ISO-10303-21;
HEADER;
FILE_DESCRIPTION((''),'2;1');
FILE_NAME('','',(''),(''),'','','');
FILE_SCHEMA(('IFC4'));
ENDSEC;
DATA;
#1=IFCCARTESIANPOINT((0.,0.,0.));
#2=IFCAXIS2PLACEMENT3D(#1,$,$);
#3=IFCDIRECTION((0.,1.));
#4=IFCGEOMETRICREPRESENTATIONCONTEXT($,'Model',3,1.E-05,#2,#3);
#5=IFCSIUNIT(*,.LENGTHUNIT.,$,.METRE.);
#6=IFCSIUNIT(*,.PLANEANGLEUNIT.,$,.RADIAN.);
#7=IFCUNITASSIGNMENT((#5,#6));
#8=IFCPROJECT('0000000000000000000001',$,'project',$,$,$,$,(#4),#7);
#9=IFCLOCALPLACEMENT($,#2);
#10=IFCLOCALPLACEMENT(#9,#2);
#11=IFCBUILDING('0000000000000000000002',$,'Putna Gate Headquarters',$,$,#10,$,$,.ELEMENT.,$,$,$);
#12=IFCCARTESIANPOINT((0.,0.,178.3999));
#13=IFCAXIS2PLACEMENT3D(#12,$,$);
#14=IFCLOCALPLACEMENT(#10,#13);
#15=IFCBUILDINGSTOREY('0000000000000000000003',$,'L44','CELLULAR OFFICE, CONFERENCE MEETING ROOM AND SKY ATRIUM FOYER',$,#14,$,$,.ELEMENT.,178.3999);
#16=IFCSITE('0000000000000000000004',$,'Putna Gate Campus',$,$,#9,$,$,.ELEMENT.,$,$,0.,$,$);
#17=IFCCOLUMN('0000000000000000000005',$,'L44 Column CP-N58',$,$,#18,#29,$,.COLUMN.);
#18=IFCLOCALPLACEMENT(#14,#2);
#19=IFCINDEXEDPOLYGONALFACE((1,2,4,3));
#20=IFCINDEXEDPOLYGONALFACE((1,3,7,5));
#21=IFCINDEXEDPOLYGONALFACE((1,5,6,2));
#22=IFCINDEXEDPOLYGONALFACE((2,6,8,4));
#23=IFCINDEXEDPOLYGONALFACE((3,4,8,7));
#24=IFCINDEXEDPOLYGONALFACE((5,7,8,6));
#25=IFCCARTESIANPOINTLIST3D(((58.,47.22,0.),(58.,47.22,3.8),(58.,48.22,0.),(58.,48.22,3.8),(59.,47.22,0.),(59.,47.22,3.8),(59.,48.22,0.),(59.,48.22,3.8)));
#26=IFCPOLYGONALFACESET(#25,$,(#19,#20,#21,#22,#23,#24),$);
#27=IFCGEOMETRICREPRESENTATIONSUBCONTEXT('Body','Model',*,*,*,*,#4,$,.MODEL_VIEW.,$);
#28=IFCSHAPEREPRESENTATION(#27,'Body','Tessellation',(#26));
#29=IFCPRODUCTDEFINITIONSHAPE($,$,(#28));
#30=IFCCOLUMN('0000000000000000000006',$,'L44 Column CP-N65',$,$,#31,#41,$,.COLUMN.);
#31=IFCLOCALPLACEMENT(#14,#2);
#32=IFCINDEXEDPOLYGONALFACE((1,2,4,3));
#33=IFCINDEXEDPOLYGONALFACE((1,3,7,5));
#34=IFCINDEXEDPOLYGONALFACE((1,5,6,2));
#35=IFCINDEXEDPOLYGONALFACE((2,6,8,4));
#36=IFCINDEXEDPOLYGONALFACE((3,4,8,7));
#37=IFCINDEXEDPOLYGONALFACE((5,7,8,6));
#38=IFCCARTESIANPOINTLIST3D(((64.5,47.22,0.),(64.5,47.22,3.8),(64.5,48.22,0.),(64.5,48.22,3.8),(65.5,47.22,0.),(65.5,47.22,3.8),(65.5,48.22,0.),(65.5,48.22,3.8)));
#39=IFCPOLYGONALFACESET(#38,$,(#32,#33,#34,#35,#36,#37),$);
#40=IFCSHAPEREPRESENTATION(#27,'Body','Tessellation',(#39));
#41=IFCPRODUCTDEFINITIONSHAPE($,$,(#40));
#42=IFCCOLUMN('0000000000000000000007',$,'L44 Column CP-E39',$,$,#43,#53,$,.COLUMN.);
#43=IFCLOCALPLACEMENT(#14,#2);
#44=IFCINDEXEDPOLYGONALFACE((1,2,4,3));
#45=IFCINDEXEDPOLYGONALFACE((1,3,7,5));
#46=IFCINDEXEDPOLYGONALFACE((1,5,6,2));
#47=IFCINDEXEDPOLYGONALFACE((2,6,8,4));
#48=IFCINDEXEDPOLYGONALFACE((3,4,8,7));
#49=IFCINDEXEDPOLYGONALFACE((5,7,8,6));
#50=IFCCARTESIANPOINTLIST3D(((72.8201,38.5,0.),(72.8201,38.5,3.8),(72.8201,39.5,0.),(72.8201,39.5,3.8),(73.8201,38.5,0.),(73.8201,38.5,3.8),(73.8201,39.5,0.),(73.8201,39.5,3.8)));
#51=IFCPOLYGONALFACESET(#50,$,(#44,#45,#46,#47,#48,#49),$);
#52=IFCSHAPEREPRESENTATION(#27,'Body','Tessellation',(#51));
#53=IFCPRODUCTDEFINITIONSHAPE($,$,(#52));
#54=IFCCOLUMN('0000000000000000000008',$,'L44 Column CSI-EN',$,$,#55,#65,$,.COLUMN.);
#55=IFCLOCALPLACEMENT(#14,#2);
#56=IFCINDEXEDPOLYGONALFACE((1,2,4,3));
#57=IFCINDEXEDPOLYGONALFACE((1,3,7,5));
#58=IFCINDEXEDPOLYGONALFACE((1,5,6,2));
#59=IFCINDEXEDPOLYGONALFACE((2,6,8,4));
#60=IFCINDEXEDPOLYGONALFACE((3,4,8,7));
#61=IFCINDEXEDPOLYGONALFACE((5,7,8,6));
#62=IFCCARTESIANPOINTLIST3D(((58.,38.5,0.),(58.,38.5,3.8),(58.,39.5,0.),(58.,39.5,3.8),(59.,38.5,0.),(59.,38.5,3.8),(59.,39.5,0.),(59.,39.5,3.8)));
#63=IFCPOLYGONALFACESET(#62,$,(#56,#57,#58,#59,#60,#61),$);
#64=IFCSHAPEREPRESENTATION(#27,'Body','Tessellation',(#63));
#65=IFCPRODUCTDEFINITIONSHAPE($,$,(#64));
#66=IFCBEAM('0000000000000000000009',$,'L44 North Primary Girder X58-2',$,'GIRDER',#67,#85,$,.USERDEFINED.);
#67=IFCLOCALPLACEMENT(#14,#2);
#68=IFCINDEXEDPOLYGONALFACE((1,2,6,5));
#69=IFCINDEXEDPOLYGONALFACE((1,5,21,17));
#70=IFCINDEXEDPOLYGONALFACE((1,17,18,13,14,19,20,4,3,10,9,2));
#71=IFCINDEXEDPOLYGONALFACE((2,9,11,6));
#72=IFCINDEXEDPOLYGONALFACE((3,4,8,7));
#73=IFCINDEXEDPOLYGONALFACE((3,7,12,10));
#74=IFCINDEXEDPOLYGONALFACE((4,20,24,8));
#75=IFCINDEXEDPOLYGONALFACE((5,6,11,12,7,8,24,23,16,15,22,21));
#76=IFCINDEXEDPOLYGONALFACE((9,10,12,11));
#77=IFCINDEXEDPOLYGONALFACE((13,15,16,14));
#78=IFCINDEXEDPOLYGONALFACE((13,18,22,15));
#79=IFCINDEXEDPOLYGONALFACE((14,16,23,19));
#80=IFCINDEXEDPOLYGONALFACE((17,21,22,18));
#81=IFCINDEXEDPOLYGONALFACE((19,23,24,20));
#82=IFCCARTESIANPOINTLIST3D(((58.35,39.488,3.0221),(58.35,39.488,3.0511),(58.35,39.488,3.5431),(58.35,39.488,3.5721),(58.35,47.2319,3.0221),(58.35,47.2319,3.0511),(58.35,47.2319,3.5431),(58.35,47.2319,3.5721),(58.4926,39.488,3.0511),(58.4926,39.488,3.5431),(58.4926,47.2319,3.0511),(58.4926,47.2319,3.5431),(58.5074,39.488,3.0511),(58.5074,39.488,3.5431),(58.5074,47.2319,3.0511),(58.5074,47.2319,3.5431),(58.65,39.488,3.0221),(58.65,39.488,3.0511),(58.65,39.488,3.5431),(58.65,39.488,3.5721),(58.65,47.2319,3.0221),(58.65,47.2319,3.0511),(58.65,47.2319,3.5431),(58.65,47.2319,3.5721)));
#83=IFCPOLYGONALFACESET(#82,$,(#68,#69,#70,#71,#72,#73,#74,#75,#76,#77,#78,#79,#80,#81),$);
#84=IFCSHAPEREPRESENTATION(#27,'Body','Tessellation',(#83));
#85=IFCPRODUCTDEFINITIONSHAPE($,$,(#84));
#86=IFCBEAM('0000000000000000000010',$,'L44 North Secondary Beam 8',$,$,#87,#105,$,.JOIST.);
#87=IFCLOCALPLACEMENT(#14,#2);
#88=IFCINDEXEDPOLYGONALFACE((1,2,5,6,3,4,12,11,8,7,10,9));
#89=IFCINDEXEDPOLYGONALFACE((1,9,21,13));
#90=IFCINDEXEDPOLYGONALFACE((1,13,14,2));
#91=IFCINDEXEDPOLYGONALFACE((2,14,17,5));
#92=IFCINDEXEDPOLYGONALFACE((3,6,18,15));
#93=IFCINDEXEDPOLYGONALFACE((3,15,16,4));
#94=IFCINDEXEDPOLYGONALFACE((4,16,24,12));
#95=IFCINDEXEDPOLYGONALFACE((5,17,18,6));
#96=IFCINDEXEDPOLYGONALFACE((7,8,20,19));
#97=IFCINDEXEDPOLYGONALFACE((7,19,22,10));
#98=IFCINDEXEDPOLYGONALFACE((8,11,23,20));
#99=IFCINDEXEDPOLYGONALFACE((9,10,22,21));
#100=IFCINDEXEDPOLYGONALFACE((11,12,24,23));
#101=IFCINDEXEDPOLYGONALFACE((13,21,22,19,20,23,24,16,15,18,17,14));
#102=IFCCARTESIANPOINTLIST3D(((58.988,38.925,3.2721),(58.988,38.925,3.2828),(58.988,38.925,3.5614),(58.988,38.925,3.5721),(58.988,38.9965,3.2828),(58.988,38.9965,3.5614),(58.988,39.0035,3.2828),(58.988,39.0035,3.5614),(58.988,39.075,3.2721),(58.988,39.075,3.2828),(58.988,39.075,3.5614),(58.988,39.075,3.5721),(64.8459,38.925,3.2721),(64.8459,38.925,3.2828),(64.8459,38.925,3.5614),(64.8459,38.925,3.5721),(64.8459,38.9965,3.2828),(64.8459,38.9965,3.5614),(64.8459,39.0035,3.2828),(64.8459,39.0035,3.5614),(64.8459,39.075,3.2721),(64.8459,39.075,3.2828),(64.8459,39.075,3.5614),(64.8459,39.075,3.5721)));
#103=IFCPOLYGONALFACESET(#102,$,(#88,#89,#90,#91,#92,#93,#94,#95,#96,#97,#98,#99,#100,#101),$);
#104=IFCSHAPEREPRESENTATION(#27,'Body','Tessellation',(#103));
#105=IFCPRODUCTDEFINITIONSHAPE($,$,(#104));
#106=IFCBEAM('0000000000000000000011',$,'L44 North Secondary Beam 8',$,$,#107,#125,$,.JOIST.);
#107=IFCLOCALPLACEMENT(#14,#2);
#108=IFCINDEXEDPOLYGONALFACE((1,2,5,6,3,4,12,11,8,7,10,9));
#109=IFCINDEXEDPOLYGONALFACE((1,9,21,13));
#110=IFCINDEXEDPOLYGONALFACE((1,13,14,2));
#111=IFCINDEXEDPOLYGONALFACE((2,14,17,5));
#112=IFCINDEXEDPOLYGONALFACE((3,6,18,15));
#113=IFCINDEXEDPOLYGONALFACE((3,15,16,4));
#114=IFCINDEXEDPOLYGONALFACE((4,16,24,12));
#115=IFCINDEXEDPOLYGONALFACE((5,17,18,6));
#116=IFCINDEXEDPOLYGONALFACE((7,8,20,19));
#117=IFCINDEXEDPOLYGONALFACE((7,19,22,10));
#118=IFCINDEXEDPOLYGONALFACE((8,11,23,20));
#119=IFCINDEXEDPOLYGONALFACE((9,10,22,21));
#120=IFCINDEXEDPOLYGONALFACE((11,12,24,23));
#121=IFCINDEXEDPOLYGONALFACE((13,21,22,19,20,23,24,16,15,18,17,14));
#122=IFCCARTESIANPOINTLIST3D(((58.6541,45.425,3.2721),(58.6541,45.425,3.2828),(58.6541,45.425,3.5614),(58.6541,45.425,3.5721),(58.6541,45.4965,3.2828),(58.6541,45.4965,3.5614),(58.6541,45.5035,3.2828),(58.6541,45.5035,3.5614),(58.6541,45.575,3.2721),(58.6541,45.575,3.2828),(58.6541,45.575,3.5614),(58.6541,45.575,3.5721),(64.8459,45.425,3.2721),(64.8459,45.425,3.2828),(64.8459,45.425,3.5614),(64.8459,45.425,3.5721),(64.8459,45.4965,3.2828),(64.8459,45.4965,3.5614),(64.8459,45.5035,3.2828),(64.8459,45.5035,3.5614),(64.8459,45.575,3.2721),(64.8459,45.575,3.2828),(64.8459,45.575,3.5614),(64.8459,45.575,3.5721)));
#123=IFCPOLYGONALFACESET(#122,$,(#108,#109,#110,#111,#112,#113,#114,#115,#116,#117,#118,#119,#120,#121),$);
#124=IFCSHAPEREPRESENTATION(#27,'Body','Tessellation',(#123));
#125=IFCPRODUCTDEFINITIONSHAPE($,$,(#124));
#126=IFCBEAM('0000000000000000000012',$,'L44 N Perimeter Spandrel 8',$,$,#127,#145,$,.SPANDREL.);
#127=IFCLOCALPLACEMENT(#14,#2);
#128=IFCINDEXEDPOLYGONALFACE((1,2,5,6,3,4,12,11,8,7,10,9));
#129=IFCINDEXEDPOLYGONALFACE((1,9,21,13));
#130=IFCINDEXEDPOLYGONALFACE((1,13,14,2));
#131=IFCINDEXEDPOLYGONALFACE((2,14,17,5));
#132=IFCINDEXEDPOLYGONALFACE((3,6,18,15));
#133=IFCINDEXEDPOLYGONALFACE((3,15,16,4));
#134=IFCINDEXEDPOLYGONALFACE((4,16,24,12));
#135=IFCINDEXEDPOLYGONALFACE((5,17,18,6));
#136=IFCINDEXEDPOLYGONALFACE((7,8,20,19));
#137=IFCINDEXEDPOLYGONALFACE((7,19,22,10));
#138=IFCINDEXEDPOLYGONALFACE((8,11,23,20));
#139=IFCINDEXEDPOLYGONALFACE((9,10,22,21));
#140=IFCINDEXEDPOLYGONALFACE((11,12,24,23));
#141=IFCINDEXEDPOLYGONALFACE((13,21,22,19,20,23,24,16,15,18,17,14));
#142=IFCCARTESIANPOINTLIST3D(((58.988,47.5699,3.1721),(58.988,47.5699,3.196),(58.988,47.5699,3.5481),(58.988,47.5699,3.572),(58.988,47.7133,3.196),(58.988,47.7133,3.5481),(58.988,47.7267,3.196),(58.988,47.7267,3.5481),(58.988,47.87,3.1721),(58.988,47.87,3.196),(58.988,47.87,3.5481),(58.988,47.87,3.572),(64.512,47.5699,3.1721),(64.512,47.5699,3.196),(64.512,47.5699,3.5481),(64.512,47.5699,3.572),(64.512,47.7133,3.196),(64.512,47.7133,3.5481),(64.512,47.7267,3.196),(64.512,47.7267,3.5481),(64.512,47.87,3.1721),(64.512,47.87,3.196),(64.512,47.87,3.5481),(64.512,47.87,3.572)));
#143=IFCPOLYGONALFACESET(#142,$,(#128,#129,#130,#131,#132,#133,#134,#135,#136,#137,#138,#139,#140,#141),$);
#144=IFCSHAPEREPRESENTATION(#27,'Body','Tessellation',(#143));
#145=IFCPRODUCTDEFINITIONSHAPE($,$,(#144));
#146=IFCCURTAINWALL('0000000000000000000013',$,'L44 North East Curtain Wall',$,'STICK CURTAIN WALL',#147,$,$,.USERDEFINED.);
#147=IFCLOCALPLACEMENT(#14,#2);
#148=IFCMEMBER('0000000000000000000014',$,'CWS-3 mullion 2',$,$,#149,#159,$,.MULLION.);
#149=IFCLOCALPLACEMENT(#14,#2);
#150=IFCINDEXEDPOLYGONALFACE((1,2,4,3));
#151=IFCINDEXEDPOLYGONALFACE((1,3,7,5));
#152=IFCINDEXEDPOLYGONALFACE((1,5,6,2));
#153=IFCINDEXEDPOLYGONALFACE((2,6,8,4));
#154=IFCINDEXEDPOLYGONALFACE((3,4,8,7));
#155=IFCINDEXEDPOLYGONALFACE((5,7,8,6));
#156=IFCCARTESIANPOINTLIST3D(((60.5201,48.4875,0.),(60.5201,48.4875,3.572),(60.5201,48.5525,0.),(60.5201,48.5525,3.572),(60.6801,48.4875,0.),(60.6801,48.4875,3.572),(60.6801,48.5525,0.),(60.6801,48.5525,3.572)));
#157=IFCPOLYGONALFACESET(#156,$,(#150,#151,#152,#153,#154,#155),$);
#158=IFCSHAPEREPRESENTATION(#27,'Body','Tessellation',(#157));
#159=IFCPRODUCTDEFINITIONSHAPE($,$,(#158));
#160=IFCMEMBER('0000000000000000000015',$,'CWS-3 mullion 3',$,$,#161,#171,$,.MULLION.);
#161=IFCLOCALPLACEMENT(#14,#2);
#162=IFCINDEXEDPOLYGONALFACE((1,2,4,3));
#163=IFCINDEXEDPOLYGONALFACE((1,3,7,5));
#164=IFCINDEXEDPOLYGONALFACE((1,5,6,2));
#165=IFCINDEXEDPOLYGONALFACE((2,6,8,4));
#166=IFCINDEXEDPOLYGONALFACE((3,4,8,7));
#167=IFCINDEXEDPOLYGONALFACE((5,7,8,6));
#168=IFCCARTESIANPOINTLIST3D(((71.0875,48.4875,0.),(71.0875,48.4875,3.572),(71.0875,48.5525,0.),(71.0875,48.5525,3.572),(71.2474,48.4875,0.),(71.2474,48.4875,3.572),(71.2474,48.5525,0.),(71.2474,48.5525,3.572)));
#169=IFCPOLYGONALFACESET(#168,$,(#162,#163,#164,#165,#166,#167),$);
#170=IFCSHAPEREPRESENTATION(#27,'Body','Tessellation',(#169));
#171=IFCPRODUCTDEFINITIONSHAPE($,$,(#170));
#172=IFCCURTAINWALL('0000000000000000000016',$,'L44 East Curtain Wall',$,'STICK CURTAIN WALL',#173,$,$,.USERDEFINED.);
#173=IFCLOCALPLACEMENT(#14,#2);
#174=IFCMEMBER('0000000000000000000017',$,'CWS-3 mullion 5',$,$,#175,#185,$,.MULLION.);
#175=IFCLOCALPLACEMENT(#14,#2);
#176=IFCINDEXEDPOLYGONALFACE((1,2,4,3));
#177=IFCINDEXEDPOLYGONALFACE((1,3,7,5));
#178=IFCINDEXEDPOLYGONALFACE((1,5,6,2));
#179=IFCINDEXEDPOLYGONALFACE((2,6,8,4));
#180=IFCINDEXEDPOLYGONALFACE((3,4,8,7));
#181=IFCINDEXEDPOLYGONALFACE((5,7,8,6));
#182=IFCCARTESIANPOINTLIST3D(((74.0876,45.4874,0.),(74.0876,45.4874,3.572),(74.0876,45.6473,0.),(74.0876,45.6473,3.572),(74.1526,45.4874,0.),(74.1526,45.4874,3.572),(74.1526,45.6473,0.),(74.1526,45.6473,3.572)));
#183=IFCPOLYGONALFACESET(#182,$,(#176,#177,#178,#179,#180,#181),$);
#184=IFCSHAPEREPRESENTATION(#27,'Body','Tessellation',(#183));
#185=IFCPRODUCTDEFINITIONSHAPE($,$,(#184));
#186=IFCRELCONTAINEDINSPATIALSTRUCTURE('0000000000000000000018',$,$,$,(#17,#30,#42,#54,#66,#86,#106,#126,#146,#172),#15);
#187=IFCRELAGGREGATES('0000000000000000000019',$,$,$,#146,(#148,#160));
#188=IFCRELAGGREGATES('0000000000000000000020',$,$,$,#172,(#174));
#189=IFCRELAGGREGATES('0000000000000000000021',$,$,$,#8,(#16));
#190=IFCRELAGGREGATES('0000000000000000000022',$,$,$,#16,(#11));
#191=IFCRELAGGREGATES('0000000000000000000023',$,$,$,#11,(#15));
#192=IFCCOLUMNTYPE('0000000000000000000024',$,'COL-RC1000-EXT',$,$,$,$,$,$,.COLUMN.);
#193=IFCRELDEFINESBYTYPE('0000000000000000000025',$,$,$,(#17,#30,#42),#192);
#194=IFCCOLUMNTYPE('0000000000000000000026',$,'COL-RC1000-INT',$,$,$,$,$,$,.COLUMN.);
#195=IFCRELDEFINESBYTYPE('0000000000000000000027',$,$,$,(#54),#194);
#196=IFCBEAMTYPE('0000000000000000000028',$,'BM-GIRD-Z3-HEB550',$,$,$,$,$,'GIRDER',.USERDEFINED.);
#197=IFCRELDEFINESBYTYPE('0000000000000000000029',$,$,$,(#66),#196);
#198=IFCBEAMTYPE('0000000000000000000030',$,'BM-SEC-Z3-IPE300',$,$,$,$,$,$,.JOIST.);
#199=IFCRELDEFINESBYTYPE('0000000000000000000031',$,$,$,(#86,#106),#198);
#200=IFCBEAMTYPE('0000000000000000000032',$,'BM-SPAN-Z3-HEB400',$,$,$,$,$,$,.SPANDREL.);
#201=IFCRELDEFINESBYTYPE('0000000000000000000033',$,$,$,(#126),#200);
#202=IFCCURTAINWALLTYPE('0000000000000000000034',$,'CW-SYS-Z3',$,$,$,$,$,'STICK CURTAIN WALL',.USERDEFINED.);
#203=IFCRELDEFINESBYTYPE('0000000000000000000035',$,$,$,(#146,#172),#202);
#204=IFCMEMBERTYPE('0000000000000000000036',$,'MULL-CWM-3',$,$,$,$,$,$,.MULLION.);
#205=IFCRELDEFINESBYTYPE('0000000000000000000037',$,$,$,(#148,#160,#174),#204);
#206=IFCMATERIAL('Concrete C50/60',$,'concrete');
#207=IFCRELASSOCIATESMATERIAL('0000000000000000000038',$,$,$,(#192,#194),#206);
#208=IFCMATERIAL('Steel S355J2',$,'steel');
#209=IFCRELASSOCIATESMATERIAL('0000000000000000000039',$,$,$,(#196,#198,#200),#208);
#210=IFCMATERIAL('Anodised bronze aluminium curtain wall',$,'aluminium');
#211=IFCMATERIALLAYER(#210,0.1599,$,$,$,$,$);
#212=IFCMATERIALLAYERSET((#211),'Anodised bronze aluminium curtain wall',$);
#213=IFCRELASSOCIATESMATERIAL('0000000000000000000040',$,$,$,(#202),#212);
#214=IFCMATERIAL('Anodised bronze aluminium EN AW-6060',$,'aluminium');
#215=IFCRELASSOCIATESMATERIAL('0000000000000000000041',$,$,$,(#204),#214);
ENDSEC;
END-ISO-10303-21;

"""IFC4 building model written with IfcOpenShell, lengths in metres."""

from ifc_helpers import new_model, si_unit, direction, frame, origin, origin_2d, place, context, subcontext, project, spatial, rectangle, i_section, extrude, material, layer, layer_set, material_profile, profile_set, type_object, element, aggregate, save


model = new_model("IFC4")

# Units and contexts
model_context = context("Model", 3, precision=1e-05, world=origin(), true_north=direction((0.0, 1.0)))
body_context = subcontext(model_context, "Body", "Model", "MODEL_VIEW")
ifc_project = project(units=[si_unit("LENGTHUNIT", "METRE"), si_unit("PLANEANGLEUNIT", "RADIAN")], contexts=[model_context])

# Site, building, storey
site_placement = place(None, origin())
site = spatial("IfcSite", under=ifc_project, at=site_placement, Name="Putna Gate Campus", CompositionType="ELEMENT", RefElevation=0.0)
building_placement = place(site_placement, origin())
building = spatial("IfcBuilding", under=site, at=building_placement, Name="Putna Gate Headquarters", CompositionType="ELEMENT")
storey_placement = place(building_placement, frame((0.0, 0.0, 178.3999)))
storey = spatial("IfcBuildingStorey", under=building, at=storey_placement, Name="L44", Description="CELLULAR OFFICE, CONFERENCE MEETING ROOM AND SKY ATRIUM FOYER", CompositionType="ELEMENT", Elevation=178.3999)

# Columns
ifc_material_1 = material(Name="Concrete C50/60", Category="concrete")
ifc_material_profile_1 = material_profile(ifc_material_1, rectangle(XDim=1.0, YDim=1.0, at=origin_2d()), Name="Concrete C50/60")
ifc_profile_set_1 = profile_set([ifc_material_profile_1], Name="Concrete C50/60")
column_type_1 = type_object("IfcColumnType", Name="COL-RC1000-EXT", PredefinedType="COLUMN", material=ifc_profile_set_1)
for number, where, z_axis, x_axis, name in (
    (1, (58.5, 47.72, 0.0), (0.0, 0.0, 1.0), (1.0, 0.0, 0.0), "L44 Column CP-N58"),
    (2, (65.0, 47.72, 0.0), (0.0, 0.0, 1.0), (1.0, 0.0, 0.0), "L44 Column CP-N65"),
    (3, (73.3201, 39.0, 0.0), (0.0, 0.0, 1.0), (1.0, 0.0, 0.0), "L44 Column CP-E39"),
):
    element("IfcColumn", number, at=place(storey_placement, frame(where, z_axis=z_axis, x_axis=x_axis)), inside=storey, type_object=column_type_1, Name=name, PredefinedType="COLUMN", context=body_context, shape_type="SweptSolid", body=[
        extrude(rectangle(XDim=1.0, YDim=1.0, at=origin_2d()), origin(), (0.0, 0.0, 1.0), 3.8),
    ])
ifc_material_profile_2 = material_profile(ifc_material_1, rectangle(XDim=1.0, YDim=1.0, at=origin_2d()), Name="Concrete C50/60")
ifc_profile_set_2 = profile_set([ifc_material_profile_2], Name="Concrete C50/60")
column_type_2 = type_object("IfcColumnType", Name="COL-RC1000-INT", PredefinedType="COLUMN", material=ifc_profile_set_2)
column_placement = place(storey_placement, frame((58.5, 39.0, 0.0), z_axis=(0.0, 0.0, 1.0), x_axis=(1.0, 0.0, 0.0)))
element("IfcColumn", 4, at=column_placement, inside=storey, type_object=column_type_2, Name="L44 Column CSI-EN", PredefinedType="COLUMN", context=body_context, shape_type="SweptSolid", body=[
    extrude(rectangle(XDim=1.0, YDim=1.0, at=origin_2d()), origin(), (0.0, 0.0, 1.0), 3.8),
])

# Beams
ifc_material_2 = material(Name="Steel S355J2", Category="steel")
ifc_material_profile_3 = material_profile(ifc_material_2, i_section(OverallWidth=0.3, OverallDepth=0.55, WebThickness=0.0149, FlangeThickness=0.0291, at=origin_2d()), Name="Steel S355J2")
ifc_profile_set_3 = profile_set([ifc_material_profile_3], Name="Steel S355J2")
beam_type_1 = type_object("IfcBeamType", Name="BM-GIRD-Z3-HEB550", ElementType="GIRDER", PredefinedType="USERDEFINED", material=ifc_profile_set_3)
beam_1_placement = place(storey_placement, frame((58.5, 39.488, 3.2971), z_axis=(0.0, 1.0, 0.0), x_axis=(-1.0, 0.0, 0.0)))
element("IfcBeam", 5, at=beam_1_placement, inside=storey, type_object=beam_type_1, Name="L44 North Primary Girder X58-2", ObjectType="GIRDER", PredefinedType="USERDEFINED", context=body_context, shape_type="SweptSolid", body=[
    extrude(i_section(OverallWidth=0.3, OverallDepth=0.55, WebThickness=0.0149, FlangeThickness=0.0291, at=origin_2d()), origin(), (0.0, 0.0, 1.0), 7.7439),
])
ifc_material_profile_4 = material_profile(ifc_material_2, i_section(OverallWidth=0.1499, OverallDepth=0.3, WebThickness=0.0071, FlangeThickness=0.0107, at=origin_2d()), Name="Steel S355J2")
ifc_profile_set_4 = profile_set([ifc_material_profile_4], Name="Steel S355J2")
beam_type_2 = type_object("IfcBeamType", Name="BM-SEC-Z3-IPE300", PredefinedType="JOIST", material=ifc_profile_set_4)
beam_2_placement = place(storey_placement, frame((58.988, 39.0, 3.4221), z_axis=(1.0, 0.0, 0.0), x_axis=(0.0, 1.0, 0.0)))
element("IfcBeam", 6, at=beam_2_placement, inside=storey, type_object=beam_type_2, Name="L44 North Secondary Beam 8", PredefinedType="JOIST", context=body_context, shape_type="SweptSolid", body=[
    extrude(i_section(OverallWidth=0.1499, OverallDepth=0.3, WebThickness=0.0071, FlangeThickness=0.0107, at=origin_2d()), origin(), (0.0, 0.0, 1.0), 5.8579),
])
beam_3_placement = place(storey_placement, frame((58.6541, 45.5, 3.4221), z_axis=(1.0, 0.0, 0.0), x_axis=(0.0, 1.0, 0.0)))
element("IfcBeam", 7, at=beam_3_placement, inside=storey, type_object=beam_type_2, Name="L44 North Secondary Beam 8", PredefinedType="JOIST", context=body_context, shape_type="SweptSolid", body=[
    extrude(i_section(OverallWidth=0.1499, OverallDepth=0.3, WebThickness=0.0071, FlangeThickness=0.0107, at=origin_2d()), origin(), (0.0, 0.0, 1.0), 6.1919),
])
ifc_material_profile_5 = material_profile(ifc_material_2, i_section(OverallWidth=0.3, OverallDepth=0.3999, WebThickness=0.0134, FlangeThickness=0.0239, at=origin_2d()), Name="Steel S355J2")
ifc_profile_set_5 = profile_set([ifc_material_profile_5], Name="Steel S355J2")
beam_type_3 = type_object("IfcBeamType", Name="BM-SPAN-Z3-HEB400", PredefinedType="SPANDREL", material=ifc_profile_set_5)
beam_4_placement = place(storey_placement, frame((58.988, 47.72, 3.3721), z_axis=(1.0, 0.0, 0.0), x_axis=(0.0, 1.0, 0.0)))
element("IfcBeam", 8, at=beam_4_placement, inside=storey, type_object=beam_type_3, Name="L44 N Perimeter Spandrel 8", PredefinedType="SPANDREL", context=body_context, shape_type="SweptSolid", body=[
    extrude(i_section(OverallWidth=0.3, OverallDepth=0.3999, WebThickness=0.0134, FlangeThickness=0.0239, at=origin_2d()), origin(), (0.0, 0.0, 1.0), 5.5239),
])

# Curtain wall, members
ifc_material_3 = material(Name="Anodised bronze aluminium curtain wall", Category="aluminium")
ifc_layer_1 = layer(ifc_material_3, 0.1599)
ifc_layer_set_1 = layer_set([ifc_layer_1], Name="Anodised bronze aluminium curtain wall")
curtain_wall_type = type_object("IfcCurtainWallType", Name="CW-SYS-Z3", ElementType="STICK CURTAIN WALL", PredefinedType="USERDEFINED", material=ifc_layer_set_1)
curtain_wall_1_placement = place(storey_placement, origin())
curtain_wall_1 = element("IfcCurtainWall", 9, at=curtain_wall_1_placement, inside=storey, type_object=curtain_wall_type, Name="L44 North East Curtain Wall", ObjectType="STICK CURTAIN WALL", PredefinedType="USERDEFINED")
ifc_material_4 = material(Name="Anodised bronze aluminium EN AW-6060", Category="aluminium")
ifc_material_profile_6 = material_profile(ifc_material_4, rectangle(XDim=0.0649, YDim=0.1599, at=origin_2d()), Name="Anodised bronze aluminium EN AW-6060")
ifc_profile_set_6 = profile_set([ifc_material_profile_6], Name="Anodised bronze aluminium EN AW-6060")
member_type_1 = type_object("IfcMemberType", Name="MULL-CWM-3", PredefinedType="MULLION", material=ifc_profile_set_6)
member_1_placement = place(storey_placement, frame((60.6001, 48.52, 0.0), z_axis=(0.0, 0.0, 1.0), x_axis=(0.0, 1.0, 0.0)))
member_1 = element("IfcMember", 10, at=member_1_placement, type_object=member_type_1, Name="CWS-3 mullion 2", PredefinedType="MULLION", context=body_context, shape_type="SweptSolid", body=[
    extrude(rectangle(XDim=0.0649, YDim=0.1599, at=origin_2d()), origin(), (0.0, 0.0, 1.0), 3.572),
])
member_2_placement = place(storey_placement, frame((71.1675, 48.52, 0.0), z_axis=(0.0, 0.0, 1.0), x_axis=(0.0, 1.0, 0.0)))
member_2 = element("IfcMember", 11, at=member_2_placement, type_object=member_type_1, Name="CWS-3 mullion 3", PredefinedType="MULLION", context=body_context, shape_type="SweptSolid", body=[
    extrude(rectangle(XDim=0.0649, YDim=0.1599, at=origin_2d()), origin(), (0.0, 0.0, 1.0), 3.572),
])

# Curtain wall, member
curtain_wall_2_placement = place(storey_placement, origin())
curtain_wall_2 = element("IfcCurtainWall", 12, at=curtain_wall_2_placement, inside=storey, type_object=curtain_wall_type, Name="L44 East Curtain Wall", ObjectType="STICK CURTAIN WALL", PredefinedType="USERDEFINED")
member_3_placement = place(storey_placement, frame((74.1201, 45.5674, 0.0), z_axis=(0.0, 0.0, 1.0), x_axis=(-1.0, 0.0, 0.0)))
member_3 = element("IfcMember", 13, at=member_3_placement, type_object=member_type_1, Name="CWS-3 mullion 5", PredefinedType="MULLION", context=body_context, shape_type="SweptSolid", body=[
    extrude(rectangle(XDim=0.0649, YDim=0.1599, at=origin_2d()), origin(), (0.0, 0.0, 1.0), 3.572),
])

aggregate(curtain_wall_1, [member_1, member_2])
aggregate(curtain_wall_2, [member_3])

save(model, "model.ifc")
